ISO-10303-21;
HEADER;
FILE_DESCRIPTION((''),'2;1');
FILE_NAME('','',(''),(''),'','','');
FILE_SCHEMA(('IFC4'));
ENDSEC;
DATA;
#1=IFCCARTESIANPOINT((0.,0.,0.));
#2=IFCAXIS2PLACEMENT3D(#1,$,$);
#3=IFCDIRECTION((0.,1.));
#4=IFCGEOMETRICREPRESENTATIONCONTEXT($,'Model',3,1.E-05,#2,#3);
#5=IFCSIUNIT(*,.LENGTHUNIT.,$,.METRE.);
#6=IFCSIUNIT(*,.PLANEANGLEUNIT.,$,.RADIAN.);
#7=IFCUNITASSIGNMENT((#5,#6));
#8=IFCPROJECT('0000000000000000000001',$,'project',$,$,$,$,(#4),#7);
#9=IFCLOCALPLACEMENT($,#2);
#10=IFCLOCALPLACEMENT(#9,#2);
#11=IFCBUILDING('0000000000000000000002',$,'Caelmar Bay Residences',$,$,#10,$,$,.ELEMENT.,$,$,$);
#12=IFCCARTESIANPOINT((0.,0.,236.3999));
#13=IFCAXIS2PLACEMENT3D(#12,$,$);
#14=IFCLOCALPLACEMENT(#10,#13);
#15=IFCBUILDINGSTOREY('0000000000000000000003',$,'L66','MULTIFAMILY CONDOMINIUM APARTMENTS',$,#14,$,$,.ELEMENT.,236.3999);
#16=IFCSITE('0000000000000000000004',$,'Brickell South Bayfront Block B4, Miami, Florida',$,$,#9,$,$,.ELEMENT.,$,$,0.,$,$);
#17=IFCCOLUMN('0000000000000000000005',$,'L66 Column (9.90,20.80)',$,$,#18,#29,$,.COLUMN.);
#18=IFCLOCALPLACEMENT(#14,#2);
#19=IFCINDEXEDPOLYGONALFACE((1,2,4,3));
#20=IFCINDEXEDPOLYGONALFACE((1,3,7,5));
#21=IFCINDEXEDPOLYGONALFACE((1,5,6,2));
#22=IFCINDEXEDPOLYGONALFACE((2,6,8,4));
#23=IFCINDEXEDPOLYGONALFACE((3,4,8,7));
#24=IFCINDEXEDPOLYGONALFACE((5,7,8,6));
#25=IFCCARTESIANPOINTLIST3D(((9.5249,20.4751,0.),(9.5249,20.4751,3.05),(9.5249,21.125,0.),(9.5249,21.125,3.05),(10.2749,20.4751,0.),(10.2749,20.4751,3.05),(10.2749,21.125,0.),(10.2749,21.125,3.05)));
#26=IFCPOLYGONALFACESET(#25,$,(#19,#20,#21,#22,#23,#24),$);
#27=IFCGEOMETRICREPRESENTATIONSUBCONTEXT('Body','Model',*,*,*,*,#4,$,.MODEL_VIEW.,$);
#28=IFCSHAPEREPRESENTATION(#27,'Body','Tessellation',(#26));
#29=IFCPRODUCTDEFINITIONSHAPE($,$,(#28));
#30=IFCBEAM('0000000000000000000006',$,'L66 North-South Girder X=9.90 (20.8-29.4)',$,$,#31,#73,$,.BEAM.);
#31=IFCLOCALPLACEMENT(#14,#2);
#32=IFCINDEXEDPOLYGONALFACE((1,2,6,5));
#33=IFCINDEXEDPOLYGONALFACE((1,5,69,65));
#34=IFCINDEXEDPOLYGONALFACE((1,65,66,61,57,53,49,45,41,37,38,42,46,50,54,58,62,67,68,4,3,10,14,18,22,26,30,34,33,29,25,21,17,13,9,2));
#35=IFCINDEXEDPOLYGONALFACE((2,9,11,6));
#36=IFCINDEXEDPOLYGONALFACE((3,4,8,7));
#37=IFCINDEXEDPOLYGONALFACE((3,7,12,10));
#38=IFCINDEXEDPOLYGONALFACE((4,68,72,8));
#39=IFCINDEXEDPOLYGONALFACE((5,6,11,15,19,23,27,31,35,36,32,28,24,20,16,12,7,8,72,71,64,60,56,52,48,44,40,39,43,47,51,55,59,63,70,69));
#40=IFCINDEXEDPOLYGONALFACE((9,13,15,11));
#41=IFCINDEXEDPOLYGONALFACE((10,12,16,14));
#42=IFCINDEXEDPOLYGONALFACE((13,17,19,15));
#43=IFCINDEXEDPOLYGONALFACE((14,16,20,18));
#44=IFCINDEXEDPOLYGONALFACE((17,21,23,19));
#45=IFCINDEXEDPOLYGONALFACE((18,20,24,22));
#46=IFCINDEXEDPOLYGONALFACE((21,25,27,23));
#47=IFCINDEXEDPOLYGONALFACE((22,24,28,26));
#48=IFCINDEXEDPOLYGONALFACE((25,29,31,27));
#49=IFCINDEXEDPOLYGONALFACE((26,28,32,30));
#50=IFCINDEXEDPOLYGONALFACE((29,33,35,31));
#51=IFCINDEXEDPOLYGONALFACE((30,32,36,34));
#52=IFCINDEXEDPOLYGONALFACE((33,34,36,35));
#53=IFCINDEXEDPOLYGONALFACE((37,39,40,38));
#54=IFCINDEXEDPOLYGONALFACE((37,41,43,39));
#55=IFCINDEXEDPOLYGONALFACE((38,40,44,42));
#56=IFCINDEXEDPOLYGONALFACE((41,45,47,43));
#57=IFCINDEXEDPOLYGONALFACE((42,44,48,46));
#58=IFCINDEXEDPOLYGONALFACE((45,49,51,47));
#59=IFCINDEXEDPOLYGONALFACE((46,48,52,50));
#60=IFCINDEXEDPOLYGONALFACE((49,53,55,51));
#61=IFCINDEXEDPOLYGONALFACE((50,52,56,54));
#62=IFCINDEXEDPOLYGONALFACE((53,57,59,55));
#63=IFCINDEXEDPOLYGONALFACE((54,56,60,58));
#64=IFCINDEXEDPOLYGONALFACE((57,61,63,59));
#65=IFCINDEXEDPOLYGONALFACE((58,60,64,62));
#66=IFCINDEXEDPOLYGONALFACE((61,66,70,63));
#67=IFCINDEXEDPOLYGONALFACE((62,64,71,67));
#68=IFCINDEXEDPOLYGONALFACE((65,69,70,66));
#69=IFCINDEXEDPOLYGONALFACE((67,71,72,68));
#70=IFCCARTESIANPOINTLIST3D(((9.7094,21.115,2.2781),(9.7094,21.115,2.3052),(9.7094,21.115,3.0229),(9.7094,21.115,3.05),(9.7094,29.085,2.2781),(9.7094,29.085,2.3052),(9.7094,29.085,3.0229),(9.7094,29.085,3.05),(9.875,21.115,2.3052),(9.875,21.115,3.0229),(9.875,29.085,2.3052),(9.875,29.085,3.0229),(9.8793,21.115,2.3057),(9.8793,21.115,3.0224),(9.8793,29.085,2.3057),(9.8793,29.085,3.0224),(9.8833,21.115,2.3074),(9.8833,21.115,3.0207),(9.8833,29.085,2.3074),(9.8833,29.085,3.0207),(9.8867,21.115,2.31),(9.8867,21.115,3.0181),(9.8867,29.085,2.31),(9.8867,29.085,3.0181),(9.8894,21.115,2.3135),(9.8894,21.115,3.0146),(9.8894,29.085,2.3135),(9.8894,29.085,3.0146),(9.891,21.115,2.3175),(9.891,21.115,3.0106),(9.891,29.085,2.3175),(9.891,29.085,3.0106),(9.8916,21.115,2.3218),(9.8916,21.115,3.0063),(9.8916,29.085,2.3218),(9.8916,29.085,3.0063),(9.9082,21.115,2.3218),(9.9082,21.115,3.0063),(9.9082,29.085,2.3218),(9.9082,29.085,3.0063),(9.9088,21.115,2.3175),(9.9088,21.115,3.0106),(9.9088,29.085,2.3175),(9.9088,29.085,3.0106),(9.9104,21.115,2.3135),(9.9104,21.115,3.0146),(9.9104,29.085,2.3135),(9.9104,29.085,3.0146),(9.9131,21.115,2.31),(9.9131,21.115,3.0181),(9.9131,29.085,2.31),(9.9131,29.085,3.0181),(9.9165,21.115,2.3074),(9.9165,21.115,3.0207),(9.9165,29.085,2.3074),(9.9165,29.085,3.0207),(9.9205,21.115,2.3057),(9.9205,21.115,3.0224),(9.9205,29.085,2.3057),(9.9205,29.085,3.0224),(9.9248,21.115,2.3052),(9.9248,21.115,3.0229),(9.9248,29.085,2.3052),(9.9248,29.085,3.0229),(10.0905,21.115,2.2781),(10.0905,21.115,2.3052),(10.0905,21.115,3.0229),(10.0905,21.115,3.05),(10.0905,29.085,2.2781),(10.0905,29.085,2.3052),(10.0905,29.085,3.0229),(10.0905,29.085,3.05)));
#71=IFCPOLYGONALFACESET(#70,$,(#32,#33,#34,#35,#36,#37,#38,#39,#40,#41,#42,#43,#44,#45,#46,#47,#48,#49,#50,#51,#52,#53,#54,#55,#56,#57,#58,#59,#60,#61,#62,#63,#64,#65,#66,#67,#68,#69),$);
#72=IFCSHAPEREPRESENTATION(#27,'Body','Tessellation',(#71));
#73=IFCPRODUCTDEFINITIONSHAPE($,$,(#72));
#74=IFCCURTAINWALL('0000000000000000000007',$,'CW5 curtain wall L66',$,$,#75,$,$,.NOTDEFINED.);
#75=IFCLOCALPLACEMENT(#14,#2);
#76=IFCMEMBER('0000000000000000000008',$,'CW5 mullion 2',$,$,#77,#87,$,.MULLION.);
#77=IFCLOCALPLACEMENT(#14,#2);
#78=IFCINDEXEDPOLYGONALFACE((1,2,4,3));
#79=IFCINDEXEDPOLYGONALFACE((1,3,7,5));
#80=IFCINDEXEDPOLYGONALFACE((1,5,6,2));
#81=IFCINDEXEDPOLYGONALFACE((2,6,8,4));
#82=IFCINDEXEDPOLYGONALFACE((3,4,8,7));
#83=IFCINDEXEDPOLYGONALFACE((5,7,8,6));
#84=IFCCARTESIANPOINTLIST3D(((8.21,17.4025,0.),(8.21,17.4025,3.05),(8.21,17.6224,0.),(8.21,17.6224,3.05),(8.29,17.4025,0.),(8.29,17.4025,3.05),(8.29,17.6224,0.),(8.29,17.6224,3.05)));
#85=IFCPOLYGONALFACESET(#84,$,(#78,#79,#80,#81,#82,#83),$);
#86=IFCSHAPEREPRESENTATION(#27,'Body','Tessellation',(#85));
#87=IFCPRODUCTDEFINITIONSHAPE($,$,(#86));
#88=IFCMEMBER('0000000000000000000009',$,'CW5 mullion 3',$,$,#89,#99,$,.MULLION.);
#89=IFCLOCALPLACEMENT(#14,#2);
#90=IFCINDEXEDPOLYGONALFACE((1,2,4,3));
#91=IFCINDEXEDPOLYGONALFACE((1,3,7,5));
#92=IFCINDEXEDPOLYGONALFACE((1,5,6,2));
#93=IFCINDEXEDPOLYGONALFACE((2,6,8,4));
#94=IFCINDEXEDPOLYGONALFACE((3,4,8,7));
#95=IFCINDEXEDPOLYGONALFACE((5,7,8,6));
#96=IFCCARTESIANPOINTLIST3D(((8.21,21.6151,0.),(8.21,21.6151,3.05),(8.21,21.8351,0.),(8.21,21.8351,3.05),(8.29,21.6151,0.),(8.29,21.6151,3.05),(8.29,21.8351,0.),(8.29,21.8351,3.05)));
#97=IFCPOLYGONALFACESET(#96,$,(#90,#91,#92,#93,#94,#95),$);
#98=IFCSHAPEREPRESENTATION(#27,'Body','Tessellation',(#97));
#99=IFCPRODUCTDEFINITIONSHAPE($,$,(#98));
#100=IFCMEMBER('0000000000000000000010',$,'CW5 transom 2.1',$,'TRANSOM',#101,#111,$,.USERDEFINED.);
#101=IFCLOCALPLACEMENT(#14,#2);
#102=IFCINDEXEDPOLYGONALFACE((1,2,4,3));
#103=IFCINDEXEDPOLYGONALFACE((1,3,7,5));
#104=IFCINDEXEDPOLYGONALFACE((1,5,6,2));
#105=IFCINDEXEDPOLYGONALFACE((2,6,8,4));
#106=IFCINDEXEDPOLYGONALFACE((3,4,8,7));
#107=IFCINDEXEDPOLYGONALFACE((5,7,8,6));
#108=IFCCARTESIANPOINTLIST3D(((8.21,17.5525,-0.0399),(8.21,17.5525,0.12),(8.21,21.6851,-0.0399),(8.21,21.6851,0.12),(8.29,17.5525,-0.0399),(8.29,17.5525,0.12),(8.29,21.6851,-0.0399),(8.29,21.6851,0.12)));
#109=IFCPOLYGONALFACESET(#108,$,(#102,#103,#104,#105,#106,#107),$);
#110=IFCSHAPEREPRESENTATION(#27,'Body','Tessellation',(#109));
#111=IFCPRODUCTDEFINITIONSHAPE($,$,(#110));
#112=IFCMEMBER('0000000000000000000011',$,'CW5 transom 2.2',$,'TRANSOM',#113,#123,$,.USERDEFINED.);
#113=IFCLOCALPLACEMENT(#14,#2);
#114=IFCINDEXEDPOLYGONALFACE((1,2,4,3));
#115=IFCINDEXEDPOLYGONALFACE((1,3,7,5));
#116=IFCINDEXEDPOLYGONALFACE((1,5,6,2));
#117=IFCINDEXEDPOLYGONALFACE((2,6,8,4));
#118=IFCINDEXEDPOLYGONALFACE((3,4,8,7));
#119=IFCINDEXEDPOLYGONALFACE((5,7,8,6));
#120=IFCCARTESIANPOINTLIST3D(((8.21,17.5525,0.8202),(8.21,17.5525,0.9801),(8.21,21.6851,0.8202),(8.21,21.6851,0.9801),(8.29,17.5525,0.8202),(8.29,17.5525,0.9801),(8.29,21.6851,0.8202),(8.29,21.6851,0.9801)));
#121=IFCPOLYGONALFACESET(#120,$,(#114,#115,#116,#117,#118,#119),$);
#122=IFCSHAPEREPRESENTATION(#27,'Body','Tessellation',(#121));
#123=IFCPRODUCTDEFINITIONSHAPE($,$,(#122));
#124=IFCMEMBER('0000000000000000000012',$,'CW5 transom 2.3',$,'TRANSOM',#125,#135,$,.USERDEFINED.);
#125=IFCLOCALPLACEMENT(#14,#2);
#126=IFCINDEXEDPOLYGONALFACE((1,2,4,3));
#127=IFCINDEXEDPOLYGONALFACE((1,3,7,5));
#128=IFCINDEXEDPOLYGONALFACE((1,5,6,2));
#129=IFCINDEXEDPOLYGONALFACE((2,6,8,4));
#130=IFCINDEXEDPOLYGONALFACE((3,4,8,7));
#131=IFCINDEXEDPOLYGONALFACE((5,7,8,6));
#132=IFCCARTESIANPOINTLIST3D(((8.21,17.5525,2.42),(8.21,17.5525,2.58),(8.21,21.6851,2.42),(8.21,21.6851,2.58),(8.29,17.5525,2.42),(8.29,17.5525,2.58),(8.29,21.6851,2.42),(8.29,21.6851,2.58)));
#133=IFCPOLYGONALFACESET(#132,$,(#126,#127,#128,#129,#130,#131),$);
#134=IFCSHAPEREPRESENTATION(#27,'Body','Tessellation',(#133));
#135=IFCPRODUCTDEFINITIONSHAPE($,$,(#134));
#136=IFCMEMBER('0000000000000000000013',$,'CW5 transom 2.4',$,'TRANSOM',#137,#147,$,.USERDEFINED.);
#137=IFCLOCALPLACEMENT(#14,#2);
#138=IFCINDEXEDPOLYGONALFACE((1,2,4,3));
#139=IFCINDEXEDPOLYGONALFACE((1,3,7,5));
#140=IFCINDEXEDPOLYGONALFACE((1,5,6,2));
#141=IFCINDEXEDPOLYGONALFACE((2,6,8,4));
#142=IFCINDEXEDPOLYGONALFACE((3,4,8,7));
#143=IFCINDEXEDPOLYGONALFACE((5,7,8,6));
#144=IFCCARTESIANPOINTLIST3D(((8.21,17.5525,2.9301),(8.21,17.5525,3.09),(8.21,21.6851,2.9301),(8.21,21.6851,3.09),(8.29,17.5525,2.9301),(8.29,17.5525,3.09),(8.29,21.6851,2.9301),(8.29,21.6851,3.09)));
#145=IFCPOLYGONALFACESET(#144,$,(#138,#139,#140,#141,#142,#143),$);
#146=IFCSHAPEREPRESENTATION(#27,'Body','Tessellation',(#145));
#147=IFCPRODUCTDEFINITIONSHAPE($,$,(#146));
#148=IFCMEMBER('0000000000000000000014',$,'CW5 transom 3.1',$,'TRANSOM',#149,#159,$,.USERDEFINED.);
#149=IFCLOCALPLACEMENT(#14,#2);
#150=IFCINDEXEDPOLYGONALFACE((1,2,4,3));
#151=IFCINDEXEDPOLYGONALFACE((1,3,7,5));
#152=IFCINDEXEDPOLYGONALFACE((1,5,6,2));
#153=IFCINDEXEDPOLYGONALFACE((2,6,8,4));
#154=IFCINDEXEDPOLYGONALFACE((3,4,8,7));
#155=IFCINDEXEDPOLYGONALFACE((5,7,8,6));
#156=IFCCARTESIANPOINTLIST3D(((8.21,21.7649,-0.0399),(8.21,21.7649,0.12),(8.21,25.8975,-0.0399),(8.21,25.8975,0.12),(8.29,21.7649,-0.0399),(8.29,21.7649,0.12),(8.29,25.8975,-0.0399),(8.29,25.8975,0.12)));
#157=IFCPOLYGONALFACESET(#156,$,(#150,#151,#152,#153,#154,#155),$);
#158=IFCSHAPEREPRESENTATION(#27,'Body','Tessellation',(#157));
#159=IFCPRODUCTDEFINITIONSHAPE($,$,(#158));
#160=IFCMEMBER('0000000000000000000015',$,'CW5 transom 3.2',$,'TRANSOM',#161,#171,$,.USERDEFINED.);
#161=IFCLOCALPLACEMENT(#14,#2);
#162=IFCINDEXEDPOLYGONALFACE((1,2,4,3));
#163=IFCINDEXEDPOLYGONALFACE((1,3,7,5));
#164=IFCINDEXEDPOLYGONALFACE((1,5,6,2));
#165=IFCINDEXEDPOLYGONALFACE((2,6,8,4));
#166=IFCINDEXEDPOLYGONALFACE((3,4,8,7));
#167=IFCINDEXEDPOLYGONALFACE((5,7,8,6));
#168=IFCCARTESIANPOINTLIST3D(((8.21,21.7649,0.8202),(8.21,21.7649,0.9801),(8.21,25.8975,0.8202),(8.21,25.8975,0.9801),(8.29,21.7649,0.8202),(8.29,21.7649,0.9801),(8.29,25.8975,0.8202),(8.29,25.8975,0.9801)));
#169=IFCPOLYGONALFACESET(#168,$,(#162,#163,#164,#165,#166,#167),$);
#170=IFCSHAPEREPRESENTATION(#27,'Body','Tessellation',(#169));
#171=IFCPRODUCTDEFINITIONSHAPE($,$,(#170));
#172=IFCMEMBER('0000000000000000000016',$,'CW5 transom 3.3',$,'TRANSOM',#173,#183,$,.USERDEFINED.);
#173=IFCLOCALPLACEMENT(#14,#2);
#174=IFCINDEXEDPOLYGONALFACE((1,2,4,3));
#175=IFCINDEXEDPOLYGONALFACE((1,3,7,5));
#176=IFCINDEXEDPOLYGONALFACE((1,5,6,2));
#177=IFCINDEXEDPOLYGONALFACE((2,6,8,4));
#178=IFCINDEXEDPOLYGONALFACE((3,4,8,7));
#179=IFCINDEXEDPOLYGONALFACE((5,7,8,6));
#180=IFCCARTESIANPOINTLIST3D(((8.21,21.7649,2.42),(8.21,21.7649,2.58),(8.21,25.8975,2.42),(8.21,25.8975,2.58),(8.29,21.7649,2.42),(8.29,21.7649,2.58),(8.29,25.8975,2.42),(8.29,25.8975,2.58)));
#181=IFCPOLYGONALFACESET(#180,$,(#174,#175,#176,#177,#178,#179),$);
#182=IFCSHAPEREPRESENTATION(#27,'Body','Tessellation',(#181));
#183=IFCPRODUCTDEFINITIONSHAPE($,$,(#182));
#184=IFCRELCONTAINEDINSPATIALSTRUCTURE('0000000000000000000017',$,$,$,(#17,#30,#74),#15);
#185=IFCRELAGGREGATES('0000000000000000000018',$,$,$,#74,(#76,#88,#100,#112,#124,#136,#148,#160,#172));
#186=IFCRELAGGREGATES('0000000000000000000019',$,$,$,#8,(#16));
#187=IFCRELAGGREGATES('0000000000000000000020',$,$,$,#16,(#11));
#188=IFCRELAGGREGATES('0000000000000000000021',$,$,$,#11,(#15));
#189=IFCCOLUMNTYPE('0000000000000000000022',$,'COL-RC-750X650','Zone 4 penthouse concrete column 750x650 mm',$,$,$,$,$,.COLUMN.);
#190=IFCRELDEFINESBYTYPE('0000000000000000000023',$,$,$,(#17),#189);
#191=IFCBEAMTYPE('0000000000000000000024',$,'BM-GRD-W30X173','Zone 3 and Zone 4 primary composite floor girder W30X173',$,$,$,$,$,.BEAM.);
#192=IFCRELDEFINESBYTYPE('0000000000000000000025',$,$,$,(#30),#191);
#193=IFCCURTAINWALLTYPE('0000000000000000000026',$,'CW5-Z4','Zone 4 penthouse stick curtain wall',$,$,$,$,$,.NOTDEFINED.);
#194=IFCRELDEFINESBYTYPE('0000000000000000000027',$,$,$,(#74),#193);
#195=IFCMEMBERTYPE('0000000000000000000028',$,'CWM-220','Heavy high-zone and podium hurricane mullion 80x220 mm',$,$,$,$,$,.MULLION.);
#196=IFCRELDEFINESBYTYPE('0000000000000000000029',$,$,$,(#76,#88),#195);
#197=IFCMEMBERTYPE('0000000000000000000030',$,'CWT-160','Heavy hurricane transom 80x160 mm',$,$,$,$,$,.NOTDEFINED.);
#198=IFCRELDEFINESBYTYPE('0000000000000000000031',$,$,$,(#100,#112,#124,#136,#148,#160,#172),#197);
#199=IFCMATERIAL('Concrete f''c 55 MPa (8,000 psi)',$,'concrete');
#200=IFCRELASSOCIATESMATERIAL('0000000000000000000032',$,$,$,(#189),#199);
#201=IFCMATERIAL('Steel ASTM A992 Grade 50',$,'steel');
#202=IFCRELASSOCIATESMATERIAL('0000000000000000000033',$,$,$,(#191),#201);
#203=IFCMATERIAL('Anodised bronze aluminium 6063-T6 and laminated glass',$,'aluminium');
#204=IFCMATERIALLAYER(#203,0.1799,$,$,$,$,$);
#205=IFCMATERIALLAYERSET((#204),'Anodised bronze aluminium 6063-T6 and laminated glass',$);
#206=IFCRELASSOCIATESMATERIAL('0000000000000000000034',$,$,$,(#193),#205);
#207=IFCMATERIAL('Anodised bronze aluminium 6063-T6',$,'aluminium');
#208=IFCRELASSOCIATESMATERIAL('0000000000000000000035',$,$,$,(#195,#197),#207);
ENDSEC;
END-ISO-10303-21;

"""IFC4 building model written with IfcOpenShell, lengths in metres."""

from ifc_helpers import new_model, si_unit, direction, frame, origin, origin_2d, place, context, subcontext, project, spatial, rectangle, i_section, extrude, material, layer, layer_set, material_profile, profile_set, type_object, element, aggregate, save


model = new_model("IFC4")

# Units and contexts
model_context = context("Model", 3, precision=1e-05, world=origin(), true_north=direction((0.0, 1.0)))
body_context = subcontext(model_context, "Body", "Model", "MODEL_VIEW")
ifc_project = project(units=[si_unit("LENGTHUNIT", "METRE"), si_unit("PLANEANGLEUNIT", "RADIAN")], contexts=[model_context])

# Site, building, storey
site_placement = place(None, origin())
site = spatial("IfcSite", under=ifc_project, at=site_placement, Name="Brickell South Bayfront Block B4, Miami, Florida", CompositionType="ELEMENT", RefElevation=0.0)
building_placement = place(site_placement, origin())
building = spatial("IfcBuilding", under=site, at=building_placement, Name="Caelmar Bay Residences", CompositionType="ELEMENT")
storey_placement = place(building_placement, frame((0.0, 0.0, 236.3999)))
storey = spatial("IfcBuildingStorey", under=building, at=storey_placement, Name="L66", Description="MULTIFAMILY CONDOMINIUM APARTMENTS", CompositionType="ELEMENT", Elevation=236.3999)

# Column
ifc_material_1 = material(Name="Concrete f'c 55 MPa (8,000 psi)", Category="concrete")
ifc_material_profile_1 = material_profile(ifc_material_1, rectangle(XDim=0.75, YDim=0.6499, at=origin_2d()), Name="RC-COL-750X650")
ifc_profile_set_1 = profile_set([ifc_material_profile_1], Name="Concrete f'c 55 MPa (8,000 psi)")
column_type = type_object("IfcColumnType", Name="COL-RC-750X650", Description="Zone 4 penthouse concrete column 750x650 mm", PredefinedType="COLUMN", material=ifc_profile_set_1)
column_placement = place(storey_placement, frame((9.8999, 20.8, 0.0), z_axis=(0.0, 0.0, 1.0), x_axis=(1.0, 0.0, 0.0)))
element("IfcColumn", 1, at=column_placement, inside=storey, type_object=column_type, Name="L66 Column (9.90,20.80)", PredefinedType="COLUMN", context=body_context, shape_type="SweptSolid", body=[
    extrude(rectangle(XDim=0.75, YDim=0.6499, at=origin_2d()), origin(), (0.0, 0.0, 1.0), 3.05),
])

# Beam
ifc_material_2 = material(Name="Steel ASTM A992 Grade 50", Category="steel")
ifc_material_profile_2 = material_profile(ifc_material_2, i_section(OverallWidth=0.3811, OverallDepth=0.772, WebThickness=0.0166, FlangeThickness=0.0271, FilletRadius=0.0166, at=origin_2d()), Name="W30X173")
ifc_profile_set_2 = profile_set([ifc_material_profile_2], Name="Steel ASTM A992 Grade 50")
beam_type = type_object("IfcBeamType", Name="BM-GRD-W30X173", Description="Zone 3 and Zone 4 primary composite floor girder W30X173", PredefinedType="BEAM", material=ifc_profile_set_2)
beam_placement = place(storey_placement, frame((9.8999, 21.115, 2.6641), z_axis=(0.0, 1.0, 0.0), x_axis=(-1.0, 0.0, 0.0)))
element("IfcBeam", 2, at=beam_placement, inside=storey, type_object=beam_type, Name="L66 North-South Girder X=9.90 (20.8-29.4)", PredefinedType="BEAM", context=body_context, shape_type="SweptSolid", body=[
    extrude(i_section(OverallWidth=0.3811, OverallDepth=0.772, WebThickness=0.0166, FlangeThickness=0.0271, FilletRadius=0.0166, at=origin_2d()), origin(), (0.0, 0.0, 1.0), 7.97),
])

# Curtain wall, members
ifc_material_3 = material(Name="Anodised bronze aluminium 6063-T6 and laminated glass", Category="aluminium")
ifc_layer_1 = layer(ifc_material_3, 0.1799)
ifc_layer_set_1 = layer_set([ifc_layer_1], Name="Anodised bronze aluminium 6063-T6 and laminated glass")
curtain_wall_type = type_object("IfcCurtainWallType", Name="CW5-Z4", Description="Zone 4 penthouse stick curtain wall", PredefinedType="NOTDEFINED", material=ifc_layer_set_1)
curtain_wall_placement = place(storey_placement, origin())
curtain_wall = element("IfcCurtainWall", 3, at=curtain_wall_placement, inside=storey, type_object=curtain_wall_type, Name="CW5 curtain wall L66", PredefinedType="NOTDEFINED")
ifc_material_4 = material(Name="Anodised bronze aluminium 6063-T6", Category="aluminium")
ifc_material_profile_3 = material_profile(ifc_material_4, rectangle(XDim=0.0801, YDim=0.22, at=origin_2d()), Name="CWM-80X220")
ifc_profile_set_3 = profile_set([ifc_material_profile_3], Name="Anodised bronze aluminium 6063-T6")
member_type_1 = type_object("IfcMemberType", Name="CWM-220", Description="Heavy high-zone and podium hurricane mullion 80x220 mm", PredefinedType="MULLION", material=ifc_profile_set_3)
member_1_placement = place(storey_placement, frame((8.25, 17.5125, 0.0), z_axis=(0.0, 0.0, 1.0), x_axis=(-1.0, 0.0, 0.0)))
member_1 = element("IfcMember", 4, at=member_1_placement, type_object=member_type_1, Name="CW5 mullion 2", PredefinedType="MULLION", context=body_context, shape_type="SweptSolid", body=[
    extrude(rectangle(XDim=0.0801, YDim=0.22, at=origin_2d()), origin(), (0.0, 0.0, 1.0), 3.05),
])
member_2_placement = place(storey_placement, frame((8.25, 21.7251, 0.0), z_axis=(0.0, 0.0, 1.0), x_axis=(-1.0, 0.0, 0.0)))
member_2 = element("IfcMember", 5, at=member_2_placement, type_object=member_type_1, Name="CW5 mullion 3", PredefinedType="MULLION", context=body_context, shape_type="SweptSolid", body=[
    extrude(rectangle(XDim=0.0801, YDim=0.22, at=origin_2d()), origin(), (0.0, 0.0, 1.0), 3.05),
])
ifc_material_profile_4 = material_profile(ifc_material_4, rectangle(XDim=0.0801, YDim=0.1599, at=origin_2d()), Name="CWT-80X160")
ifc_profile_set_4 = profile_set([ifc_material_profile_4], Name="Anodised bronze aluminium 6063-T6")
member_type_2 = type_object("IfcMemberType", Name="CWT-160", Description="Heavy hurricane transom 80x160 mm", PredefinedType="NOTDEFINED", material=ifc_profile_set_4)
member_3_placement = place(storey_placement, frame((8.25, 17.5525, 0.04), z_axis=(0.0, 1.0, 0.0), x_axis=(-1.0, 0.0, 0.0)))
member_3 = element("IfcMember", 6, at=member_3_placement, type_object=member_type_2, Name="CW5 transom 2.1", ObjectType="TRANSOM", PredefinedType="USERDEFINED", context=body_context, shape_type="SweptSolid", body=[
    extrude(rectangle(XDim=0.0801, YDim=0.1599, at=origin_2d()), origin(), (0.0, 0.0, 1.0), 4.1326),
])
member_4_placement = place(storey_placement, frame((8.25, 17.5525, 0.9001), z_axis=(0.0, 1.0, 0.0), x_axis=(-1.0, 0.0, 0.0)))
member_4 = element("IfcMember", 7, at=member_4_placement, type_object=member_type_2, Name="CW5 transom 2.2", ObjectType="TRANSOM", PredefinedType="USERDEFINED", context=body_context, shape_type="SweptSolid", body=[
    extrude(rectangle(XDim=0.0801, YDim=0.1599, at=origin_2d()), origin(), (0.0, 0.0, 1.0), 4.1326),
])
member_5_placement = place(storey_placement, frame((8.25, 17.5525, 2.5), z_axis=(0.0, 1.0, 0.0), x_axis=(-1.0, 0.0, 0.0)))
member_5 = element("IfcMember", 8, at=member_5_placement, type_object=member_type_2, Name="CW5 transom 2.3", ObjectType="TRANSOM", PredefinedType="USERDEFINED", context=body_context, shape_type="SweptSolid", body=[
    extrude(rectangle(XDim=0.0801, YDim=0.1599, at=origin_2d()), origin(), (0.0, 0.0, 1.0), 4.1326),
])
member_6_placement = place(storey_placement, frame((8.25, 17.5525, 3.01), z_axis=(0.0, 1.0, 0.0), x_axis=(-1.0, 0.0, 0.0)))
member_6 = element("IfcMember", 9, at=member_6_placement, type_object=member_type_2, Name="CW5 transom 2.4", ObjectType="TRANSOM", PredefinedType="USERDEFINED", context=body_context, shape_type="SweptSolid", body=[
    extrude(rectangle(XDim=0.0801, YDim=0.1599, at=origin_2d()), origin(), (0.0, 0.0, 1.0), 4.1326),
])
member_7_placement = place(storey_placement, frame((8.25, 21.7649, 0.04), z_axis=(0.0, 1.0, 0.0), x_axis=(-1.0, 0.0, 0.0)))
member_7 = element("IfcMember", 10, at=member_7_placement, type_object=member_type_2, Name="CW5 transom 3.1", ObjectType="TRANSOM", PredefinedType="USERDEFINED", context=body_context, shape_type="SweptSolid", body=[
    extrude(rectangle(XDim=0.0801, YDim=0.1599, at=origin_2d()), origin(), (0.0, 0.0, 1.0), 4.1326),
])
member_8_placement = place(storey_placement, frame((8.25, 21.7649, 0.9001), z_axis=(0.0, 1.0, 0.0), x_axis=(-1.0, 0.0, 0.0)))
member_8 = element("IfcMember", 11, at=member_8_placement, type_object=member_type_2, Name="CW5 transom 3.2", ObjectType="TRANSOM", PredefinedType="USERDEFINED", context=body_context, shape_type="SweptSolid", body=[
    extrude(rectangle(XDim=0.0801, YDim=0.1599, at=origin_2d()), origin(), (0.0, 0.0, 1.0), 4.1326),
])
member_9_placement = place(storey_placement, frame((8.25, 21.7649, 2.5), z_axis=(0.0, 1.0, 0.0), x_axis=(-1.0, 0.0, 0.0)))
member_9 = element("IfcMember", 12, at=member_9_placement, type_object=member_type_2, Name="CW5 transom 3.3", ObjectType="TRANSOM", PredefinedType="USERDEFINED", context=body_context, shape_type="SweptSolid", body=[
    extrude(rectangle(XDim=0.0801, YDim=0.1599, at=origin_2d()), origin(), (0.0, 0.0, 1.0), 4.1326),
])
aggregate(curtain_wall, [member_1, member_2, member_3, member_4, member_5, member_6, member_7, member_8, member_9])

save(model, "model.ifc")
